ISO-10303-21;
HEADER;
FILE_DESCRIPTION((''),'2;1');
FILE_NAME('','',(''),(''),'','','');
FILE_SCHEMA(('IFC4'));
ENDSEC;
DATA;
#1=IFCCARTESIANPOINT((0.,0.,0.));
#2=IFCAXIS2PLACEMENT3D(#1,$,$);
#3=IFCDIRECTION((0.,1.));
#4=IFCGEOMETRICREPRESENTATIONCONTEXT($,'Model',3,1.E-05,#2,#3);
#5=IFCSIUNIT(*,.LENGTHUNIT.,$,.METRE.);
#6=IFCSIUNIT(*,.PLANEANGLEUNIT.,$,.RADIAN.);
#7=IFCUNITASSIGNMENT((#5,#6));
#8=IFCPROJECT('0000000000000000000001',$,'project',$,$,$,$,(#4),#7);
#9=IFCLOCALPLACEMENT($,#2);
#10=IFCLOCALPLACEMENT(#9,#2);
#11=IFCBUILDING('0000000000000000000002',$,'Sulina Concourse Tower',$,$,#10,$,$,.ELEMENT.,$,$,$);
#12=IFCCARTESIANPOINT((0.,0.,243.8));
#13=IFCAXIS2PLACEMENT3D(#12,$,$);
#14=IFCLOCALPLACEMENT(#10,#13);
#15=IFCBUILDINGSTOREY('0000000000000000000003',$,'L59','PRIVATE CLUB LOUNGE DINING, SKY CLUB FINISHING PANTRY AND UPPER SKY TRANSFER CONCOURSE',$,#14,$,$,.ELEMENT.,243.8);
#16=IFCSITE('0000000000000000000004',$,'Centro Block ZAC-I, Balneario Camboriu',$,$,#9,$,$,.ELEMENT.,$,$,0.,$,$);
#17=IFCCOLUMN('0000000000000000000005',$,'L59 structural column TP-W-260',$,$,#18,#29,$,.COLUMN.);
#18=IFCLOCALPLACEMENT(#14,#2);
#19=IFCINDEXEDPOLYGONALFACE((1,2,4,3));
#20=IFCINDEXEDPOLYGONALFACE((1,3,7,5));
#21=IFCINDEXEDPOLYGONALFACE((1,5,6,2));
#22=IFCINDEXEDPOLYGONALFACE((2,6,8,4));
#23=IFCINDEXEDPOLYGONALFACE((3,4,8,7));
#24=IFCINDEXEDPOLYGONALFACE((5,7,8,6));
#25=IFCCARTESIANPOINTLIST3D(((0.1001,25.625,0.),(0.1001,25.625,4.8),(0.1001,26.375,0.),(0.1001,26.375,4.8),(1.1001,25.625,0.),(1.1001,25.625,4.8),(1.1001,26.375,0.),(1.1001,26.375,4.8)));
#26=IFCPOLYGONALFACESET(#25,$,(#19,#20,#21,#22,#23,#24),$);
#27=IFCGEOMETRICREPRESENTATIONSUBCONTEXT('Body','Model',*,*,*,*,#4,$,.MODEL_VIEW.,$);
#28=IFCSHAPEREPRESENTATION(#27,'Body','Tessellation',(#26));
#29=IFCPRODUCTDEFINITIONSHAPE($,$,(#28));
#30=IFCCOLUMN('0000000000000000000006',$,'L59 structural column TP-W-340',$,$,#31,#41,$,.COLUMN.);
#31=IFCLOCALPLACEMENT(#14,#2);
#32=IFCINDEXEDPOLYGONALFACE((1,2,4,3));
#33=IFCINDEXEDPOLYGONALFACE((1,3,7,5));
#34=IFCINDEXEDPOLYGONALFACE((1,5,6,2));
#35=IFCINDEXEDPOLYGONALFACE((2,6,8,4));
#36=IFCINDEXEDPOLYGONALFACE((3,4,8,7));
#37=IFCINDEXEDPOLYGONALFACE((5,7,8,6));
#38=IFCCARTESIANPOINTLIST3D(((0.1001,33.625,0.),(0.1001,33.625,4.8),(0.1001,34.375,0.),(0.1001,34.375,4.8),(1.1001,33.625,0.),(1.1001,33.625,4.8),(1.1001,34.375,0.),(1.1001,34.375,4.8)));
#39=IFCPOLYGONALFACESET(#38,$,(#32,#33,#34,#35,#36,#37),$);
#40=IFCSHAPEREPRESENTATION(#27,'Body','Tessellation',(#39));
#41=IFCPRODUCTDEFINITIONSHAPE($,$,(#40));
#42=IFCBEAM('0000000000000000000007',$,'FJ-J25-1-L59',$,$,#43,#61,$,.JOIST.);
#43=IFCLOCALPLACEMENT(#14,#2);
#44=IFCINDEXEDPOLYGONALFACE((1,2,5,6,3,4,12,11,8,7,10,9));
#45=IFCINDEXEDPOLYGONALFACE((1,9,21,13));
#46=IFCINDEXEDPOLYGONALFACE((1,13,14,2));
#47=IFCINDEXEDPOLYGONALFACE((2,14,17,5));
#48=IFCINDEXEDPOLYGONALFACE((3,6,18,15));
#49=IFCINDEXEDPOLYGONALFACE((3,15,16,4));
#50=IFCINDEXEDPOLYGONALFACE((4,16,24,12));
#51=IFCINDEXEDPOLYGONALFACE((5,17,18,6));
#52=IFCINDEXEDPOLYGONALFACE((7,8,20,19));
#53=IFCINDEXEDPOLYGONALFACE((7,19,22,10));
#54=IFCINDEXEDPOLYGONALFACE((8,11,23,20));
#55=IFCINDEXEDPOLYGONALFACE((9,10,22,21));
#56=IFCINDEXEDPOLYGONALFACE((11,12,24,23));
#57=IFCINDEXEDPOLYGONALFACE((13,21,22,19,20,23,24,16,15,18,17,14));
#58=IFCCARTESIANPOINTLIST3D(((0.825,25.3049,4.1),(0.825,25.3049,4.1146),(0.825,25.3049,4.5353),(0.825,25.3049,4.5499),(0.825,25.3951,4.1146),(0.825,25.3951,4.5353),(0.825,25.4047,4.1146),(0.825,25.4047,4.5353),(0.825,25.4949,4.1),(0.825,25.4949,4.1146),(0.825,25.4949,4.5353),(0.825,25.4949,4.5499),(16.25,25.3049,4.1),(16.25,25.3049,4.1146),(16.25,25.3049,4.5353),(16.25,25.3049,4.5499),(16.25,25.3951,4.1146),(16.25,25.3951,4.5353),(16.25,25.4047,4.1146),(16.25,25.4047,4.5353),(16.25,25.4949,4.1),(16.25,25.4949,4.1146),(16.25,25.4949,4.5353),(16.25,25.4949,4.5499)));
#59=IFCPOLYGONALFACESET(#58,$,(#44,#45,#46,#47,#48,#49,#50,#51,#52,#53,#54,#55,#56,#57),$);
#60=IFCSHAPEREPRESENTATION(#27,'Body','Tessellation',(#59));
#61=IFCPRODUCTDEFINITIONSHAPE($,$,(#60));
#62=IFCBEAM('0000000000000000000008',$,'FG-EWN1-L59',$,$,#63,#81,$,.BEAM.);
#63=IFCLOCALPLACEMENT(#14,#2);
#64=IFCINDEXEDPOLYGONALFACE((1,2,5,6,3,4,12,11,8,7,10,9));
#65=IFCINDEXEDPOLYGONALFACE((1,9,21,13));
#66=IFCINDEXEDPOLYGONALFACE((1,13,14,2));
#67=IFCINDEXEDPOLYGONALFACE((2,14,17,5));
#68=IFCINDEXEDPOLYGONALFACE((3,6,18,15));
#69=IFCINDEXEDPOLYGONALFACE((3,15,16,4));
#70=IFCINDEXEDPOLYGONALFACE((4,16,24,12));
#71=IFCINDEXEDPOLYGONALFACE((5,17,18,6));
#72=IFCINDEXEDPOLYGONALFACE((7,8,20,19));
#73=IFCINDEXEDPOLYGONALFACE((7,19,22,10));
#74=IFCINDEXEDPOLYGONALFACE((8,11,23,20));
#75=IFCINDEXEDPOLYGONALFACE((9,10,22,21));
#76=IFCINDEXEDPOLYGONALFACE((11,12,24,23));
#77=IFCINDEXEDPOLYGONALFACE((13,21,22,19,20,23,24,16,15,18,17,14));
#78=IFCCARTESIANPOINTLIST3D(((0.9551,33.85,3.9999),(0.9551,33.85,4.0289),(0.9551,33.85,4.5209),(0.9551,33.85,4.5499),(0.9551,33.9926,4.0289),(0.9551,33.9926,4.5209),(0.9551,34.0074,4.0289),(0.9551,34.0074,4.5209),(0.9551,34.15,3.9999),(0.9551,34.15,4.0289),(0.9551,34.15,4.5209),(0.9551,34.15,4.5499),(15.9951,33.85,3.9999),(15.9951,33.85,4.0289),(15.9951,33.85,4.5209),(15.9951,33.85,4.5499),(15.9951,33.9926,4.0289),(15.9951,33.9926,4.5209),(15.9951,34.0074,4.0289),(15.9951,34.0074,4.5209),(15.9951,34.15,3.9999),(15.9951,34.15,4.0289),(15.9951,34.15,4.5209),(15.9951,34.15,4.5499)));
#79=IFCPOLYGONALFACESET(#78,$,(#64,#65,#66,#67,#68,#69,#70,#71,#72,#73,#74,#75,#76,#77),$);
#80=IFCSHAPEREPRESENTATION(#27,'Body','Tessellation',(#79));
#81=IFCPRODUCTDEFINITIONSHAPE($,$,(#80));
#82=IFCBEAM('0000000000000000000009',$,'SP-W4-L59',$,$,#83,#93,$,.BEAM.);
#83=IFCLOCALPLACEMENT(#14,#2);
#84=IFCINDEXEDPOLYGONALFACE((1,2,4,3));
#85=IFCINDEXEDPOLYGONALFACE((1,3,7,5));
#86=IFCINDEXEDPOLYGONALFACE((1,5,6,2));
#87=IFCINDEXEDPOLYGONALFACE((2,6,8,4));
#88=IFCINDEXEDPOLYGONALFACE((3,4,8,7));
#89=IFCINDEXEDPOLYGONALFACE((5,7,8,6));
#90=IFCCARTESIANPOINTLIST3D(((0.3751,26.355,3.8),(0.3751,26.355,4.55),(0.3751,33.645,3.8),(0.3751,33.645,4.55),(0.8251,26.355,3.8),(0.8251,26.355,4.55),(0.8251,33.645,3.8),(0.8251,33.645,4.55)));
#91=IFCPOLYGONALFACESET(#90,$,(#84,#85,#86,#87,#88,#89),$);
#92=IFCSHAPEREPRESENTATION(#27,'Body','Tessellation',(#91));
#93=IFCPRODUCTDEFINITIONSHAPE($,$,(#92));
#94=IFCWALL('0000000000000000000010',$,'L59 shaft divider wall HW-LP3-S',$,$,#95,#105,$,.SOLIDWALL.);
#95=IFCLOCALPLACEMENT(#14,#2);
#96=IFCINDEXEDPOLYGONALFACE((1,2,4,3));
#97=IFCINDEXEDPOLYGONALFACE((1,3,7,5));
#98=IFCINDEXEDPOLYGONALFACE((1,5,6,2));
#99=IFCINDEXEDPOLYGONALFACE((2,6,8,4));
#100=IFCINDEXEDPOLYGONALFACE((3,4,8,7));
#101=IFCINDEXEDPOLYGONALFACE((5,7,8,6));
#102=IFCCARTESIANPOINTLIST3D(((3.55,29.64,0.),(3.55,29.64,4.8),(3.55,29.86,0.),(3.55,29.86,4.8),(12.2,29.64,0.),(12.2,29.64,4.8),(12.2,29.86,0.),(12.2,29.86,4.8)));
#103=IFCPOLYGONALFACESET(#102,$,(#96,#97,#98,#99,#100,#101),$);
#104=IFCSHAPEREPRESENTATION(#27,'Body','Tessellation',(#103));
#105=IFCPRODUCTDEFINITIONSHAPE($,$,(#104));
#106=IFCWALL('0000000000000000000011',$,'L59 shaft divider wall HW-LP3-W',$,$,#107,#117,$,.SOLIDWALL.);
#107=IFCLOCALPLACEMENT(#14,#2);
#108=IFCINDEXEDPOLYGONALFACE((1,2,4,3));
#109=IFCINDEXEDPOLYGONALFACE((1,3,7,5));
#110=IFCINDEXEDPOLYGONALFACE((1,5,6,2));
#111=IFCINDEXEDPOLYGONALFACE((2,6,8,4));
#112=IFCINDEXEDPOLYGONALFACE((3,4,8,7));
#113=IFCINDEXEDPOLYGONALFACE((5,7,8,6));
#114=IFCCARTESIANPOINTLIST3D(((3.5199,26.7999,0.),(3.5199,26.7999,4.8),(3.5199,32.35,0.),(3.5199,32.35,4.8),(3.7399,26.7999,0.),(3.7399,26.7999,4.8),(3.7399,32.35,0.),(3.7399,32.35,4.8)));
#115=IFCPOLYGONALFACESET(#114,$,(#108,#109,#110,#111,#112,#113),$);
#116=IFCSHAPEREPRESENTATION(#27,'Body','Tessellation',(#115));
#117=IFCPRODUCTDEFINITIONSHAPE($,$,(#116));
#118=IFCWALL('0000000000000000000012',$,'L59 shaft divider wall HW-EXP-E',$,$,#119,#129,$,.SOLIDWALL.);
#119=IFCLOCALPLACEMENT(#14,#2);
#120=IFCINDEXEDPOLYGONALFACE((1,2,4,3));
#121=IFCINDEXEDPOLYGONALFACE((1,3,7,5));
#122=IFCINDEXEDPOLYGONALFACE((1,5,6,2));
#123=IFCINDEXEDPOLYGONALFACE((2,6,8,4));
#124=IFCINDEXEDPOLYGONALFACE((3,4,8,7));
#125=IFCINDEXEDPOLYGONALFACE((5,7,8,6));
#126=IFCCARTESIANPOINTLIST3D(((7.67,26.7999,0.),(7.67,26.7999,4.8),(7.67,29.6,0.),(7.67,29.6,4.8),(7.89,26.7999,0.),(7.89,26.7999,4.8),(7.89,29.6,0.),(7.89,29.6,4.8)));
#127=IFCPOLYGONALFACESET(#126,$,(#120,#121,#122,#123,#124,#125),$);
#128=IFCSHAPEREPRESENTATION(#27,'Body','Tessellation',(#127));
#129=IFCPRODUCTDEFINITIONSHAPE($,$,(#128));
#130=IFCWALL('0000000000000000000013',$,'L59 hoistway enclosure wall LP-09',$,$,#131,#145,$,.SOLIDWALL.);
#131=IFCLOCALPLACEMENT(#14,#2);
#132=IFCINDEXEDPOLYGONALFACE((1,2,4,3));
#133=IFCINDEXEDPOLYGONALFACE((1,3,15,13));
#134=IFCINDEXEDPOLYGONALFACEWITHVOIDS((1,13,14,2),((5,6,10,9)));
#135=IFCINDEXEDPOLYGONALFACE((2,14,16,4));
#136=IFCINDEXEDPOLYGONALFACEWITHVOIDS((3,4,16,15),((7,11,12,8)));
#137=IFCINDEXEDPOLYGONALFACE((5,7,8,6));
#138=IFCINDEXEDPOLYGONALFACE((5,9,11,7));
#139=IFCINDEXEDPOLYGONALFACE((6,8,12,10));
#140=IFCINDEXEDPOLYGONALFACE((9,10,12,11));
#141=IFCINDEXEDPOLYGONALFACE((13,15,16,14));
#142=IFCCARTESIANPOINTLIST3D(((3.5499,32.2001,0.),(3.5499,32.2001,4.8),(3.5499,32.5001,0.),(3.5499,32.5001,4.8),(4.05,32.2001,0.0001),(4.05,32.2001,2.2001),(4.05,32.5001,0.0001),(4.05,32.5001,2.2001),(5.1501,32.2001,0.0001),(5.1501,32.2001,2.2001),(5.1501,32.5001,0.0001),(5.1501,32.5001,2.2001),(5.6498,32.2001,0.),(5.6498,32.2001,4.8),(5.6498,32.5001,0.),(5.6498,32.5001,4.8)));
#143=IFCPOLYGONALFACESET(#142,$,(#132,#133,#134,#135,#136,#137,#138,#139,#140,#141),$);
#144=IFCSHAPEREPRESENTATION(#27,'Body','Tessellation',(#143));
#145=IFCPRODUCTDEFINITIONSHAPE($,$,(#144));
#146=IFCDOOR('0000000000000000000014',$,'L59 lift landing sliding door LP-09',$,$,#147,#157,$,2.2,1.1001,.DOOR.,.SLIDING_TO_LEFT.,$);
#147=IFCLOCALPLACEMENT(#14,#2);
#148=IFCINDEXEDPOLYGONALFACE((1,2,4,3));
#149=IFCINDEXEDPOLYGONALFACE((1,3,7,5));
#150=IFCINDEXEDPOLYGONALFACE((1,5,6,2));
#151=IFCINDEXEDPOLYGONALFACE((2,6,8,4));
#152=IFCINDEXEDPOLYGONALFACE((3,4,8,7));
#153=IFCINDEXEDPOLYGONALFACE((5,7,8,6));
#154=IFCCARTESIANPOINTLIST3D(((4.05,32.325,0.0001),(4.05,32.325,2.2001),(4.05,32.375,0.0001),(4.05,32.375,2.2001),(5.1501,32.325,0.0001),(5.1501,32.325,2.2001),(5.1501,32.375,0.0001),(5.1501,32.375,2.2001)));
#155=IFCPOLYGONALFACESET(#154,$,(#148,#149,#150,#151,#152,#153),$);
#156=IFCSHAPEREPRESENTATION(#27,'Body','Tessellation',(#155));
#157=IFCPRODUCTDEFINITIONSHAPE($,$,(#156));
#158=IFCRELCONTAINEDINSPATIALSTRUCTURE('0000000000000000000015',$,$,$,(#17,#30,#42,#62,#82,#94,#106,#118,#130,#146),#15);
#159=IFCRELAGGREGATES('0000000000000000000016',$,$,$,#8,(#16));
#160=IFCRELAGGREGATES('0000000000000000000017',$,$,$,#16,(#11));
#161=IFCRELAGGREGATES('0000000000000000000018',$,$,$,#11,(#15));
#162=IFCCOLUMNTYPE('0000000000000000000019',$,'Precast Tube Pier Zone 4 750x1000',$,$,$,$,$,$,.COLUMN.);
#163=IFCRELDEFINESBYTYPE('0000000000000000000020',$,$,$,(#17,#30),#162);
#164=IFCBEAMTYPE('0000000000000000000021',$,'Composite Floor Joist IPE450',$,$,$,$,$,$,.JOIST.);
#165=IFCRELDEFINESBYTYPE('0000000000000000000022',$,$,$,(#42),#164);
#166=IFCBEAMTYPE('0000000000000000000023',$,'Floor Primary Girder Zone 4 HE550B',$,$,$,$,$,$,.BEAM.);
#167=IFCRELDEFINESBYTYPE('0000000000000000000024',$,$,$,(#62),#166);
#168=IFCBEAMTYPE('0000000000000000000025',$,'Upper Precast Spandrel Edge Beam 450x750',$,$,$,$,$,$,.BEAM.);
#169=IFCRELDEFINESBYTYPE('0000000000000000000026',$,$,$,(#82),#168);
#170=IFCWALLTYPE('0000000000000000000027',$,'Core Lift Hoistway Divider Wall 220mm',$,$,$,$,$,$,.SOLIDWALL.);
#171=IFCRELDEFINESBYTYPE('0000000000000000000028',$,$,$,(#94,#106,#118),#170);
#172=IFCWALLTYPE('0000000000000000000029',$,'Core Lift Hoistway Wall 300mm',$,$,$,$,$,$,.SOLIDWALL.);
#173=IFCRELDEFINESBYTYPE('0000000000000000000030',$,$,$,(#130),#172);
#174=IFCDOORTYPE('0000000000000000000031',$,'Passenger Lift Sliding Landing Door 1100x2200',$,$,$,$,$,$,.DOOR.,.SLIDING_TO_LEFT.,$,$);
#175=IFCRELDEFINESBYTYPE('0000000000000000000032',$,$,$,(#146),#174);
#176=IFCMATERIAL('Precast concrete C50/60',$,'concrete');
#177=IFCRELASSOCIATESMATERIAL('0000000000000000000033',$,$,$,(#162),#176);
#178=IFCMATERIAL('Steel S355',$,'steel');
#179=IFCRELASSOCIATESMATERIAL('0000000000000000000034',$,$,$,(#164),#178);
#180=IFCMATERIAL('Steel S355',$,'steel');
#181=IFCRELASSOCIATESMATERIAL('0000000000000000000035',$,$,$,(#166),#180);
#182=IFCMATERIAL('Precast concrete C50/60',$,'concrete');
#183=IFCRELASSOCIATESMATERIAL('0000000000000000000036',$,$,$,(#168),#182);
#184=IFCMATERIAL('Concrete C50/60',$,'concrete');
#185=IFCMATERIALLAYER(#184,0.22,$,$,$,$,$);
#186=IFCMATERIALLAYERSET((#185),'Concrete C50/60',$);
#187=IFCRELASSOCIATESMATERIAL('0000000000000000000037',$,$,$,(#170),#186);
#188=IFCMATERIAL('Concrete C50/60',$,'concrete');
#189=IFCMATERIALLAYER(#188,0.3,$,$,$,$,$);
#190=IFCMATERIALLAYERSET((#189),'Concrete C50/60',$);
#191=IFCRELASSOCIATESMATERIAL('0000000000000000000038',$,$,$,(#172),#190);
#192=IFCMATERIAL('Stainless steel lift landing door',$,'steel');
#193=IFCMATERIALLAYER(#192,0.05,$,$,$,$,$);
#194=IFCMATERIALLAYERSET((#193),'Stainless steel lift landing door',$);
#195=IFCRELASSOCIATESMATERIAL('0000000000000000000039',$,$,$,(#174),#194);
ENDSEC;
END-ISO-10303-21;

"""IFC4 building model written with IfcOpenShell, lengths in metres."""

from ifc_helpers import new_model, si_unit, direction, frame, frame_2d, origin, origin_2d, place, context, subcontext, project, spatial, rectangle, i_section, extrude, material, layer, layer_set, material_profile, profile_set, type_object, element, fill, save


model = new_model("IFC4")

# Units and contexts
model_context = context("Model", 3, precision=1e-05, world=origin(), true_north=direction((0.0, 1.0)))
body_context = subcontext(model_context, "Body", "Model", "MODEL_VIEW")
ifc_project = project(units=[si_unit("LENGTHUNIT", "METRE"), si_unit("PLANEANGLEUNIT", "RADIAN")], contexts=[model_context])

# Site, building, storey
site_placement = place(None, origin())
site = spatial("IfcSite", under=ifc_project, at=site_placement, Name="Centro Block ZAC-I, Balneario Camboriu", CompositionType="ELEMENT", RefElevation=0.0)
building_placement = place(site_placement, origin())
building = spatial("IfcBuilding", under=site, at=building_placement, Name="Sulina Concourse Tower", CompositionType="ELEMENT")
storey_placement = place(building_placement, frame((0.0, 0.0, 243.8)))
storey = spatial("IfcBuildingStorey", under=building, at=storey_placement, Name="L59", Description="PRIVATE CLUB LOUNGE DINING, SKY CLUB FINISHING PANTRY AND UPPER SKY TRANSFER CONCOURSE", CompositionType="ELEMENT", Elevation=243.8)

# Columns
ifc_material_1 = material(Name="Precast concrete C50/60", Category="concrete")
ifc_material_profile_1 = material_profile(ifc_material_1, rectangle(XDim=0.75, YDim=1.0, at=origin_2d()), Name="PC 750x1000")
ifc_profile_set_1 = profile_set([ifc_material_profile_1], Name="Precast concrete C50/60")
column_type = type_object("IfcColumnType", Name="Precast Tube Pier Zone 4 750x1000", PredefinedType="COLUMN", material=ifc_profile_set_1)
for number, where, z_axis, x_axis, name in (
    (1, (0.6001, 26.0, 0.0), (0.0, 0.0, 1.0), (0.0, 1.0, 0.0), "L59 structural column TP-W-260"),
    (2, (0.6001, 34.0, 0.0), (0.0, 0.0, 1.0), (0.0, 1.0, 0.0), "L59 structural column TP-W-340"),
):
    element("IfcColumn", number, at=place(storey_placement, frame(where, z_axis=z_axis, x_axis=x_axis)), inside=storey, type_object=column_type, Name=name, PredefinedType="COLUMN", context=body_context, shape_type="SweptSolid", body=[
        extrude(rectangle(XDim=0.75, YDim=1.0, at=origin_2d()), origin(), (0.0, 0.0, 1.0), 4.8),
    ])

# Beams
ifc_material_2 = material(Name="Steel S355", Category="steel")
ifc_material_profile_2 = material_profile(ifc_material_2, i_section(OverallWidth=0.1899, OverallDepth=0.45, WebThickness=0.0095, FlangeThickness=0.0146, at=origin_2d()), Name="IPE 450")
ifc_profile_set_2 = profile_set([ifc_material_profile_2], Name="Steel S355")
beam_type_1 = type_object("IfcBeamType", Name="Composite Floor Joist IPE450", PredefinedType="JOIST", material=ifc_profile_set_2)
beam_1_placement = place(storey_placement, frame((0.825, 25.3999, 4.325), z_axis=(1.0, 0.0, 0.0), x_axis=(0.0, 1.0, 0.0)))
element("IfcBeam", 3, at=beam_1_placement, inside=storey, type_object=beam_type_1, Name="FJ-J25-1-L59", PredefinedType="JOIST", context=body_context, shape_type="SweptSolid", body=[
    extrude(i_section(OverallWidth=0.1899, OverallDepth=0.45, WebThickness=0.0095, FlangeThickness=0.0146, at=origin_2d()), origin(), (0.0, 0.0, 1.0), 15.425),
])
ifc_material_3 = material(Name="Steel S355", Category="steel")
ifc_material_profile_3 = material_profile(ifc_material_3, i_section(OverallWidth=0.3, OverallDepth=0.55, WebThickness=0.0149, FlangeThickness=0.0291, at=origin_2d()), Name="HE 550 B")
ifc_profile_set_3 = profile_set([ifc_material_profile_3], Name="Steel S355")
beam_type_2 = type_object("IfcBeamType", Name="Floor Primary Girder Zone 4 HE550B", PredefinedType="BEAM", material=ifc_profile_set_3)
beam_2_placement = place(storey_placement, frame((0.9551, 34.0, 4.2749), z_axis=(1.0, 0.0, 0.0), x_axis=(0.0, 1.0, 0.0)))
element("IfcBeam", 4, at=beam_2_placement, inside=storey, type_object=beam_type_2, Name="FG-EWN1-L59", PredefinedType="BEAM", context=body_context, shape_type="SweptSolid", body=[
    extrude(i_section(OverallWidth=0.3, OverallDepth=0.55, WebThickness=0.0149, FlangeThickness=0.0291, at=origin_2d()), origin(), (0.0, 0.0, 1.0), 15.04),
])
ifc_material_4 = material(Name="Precast concrete C50/60", Category="concrete")
ifc_material_profile_4 = material_profile(ifc_material_4, rectangle(XDim=0.45, YDim=0.75, at=origin_2d()), Name="RC 450x750")
ifc_profile_set_4 = profile_set([ifc_material_profile_4], Name="Precast concrete C50/60")
beam_type_3 = type_object("IfcBeamType", Name="Upper Precast Spandrel Edge Beam 450x750", PredefinedType="BEAM", material=ifc_profile_set_4)
beam_3_placement = place(storey_placement, frame((0.6001, 26.355, 4.175), z_axis=(0.0, 1.0, 0.0), x_axis=(-1.0, 0.0, 0.0)))
element("IfcBeam", 5, at=beam_3_placement, inside=storey, type_object=beam_type_3, Name="SP-W4-L59", PredefinedType="BEAM", context=body_context, shape_type="SweptSolid", body=[
    extrude(rectangle(XDim=0.45, YDim=0.75, at=origin_2d()), origin(), (0.0, 0.0, 1.0), 7.29),
])

# Walls
ifc_material_5 = material(Name="Concrete C50/60", Category="concrete")
ifc_layer_1 = layer(ifc_material_5, 0.22)
ifc_layer_set_1 = layer_set([ifc_layer_1], Name="Concrete C50/60")
wall_type_1 = type_object("IfcWallType", Name="Core Lift Hoistway Divider Wall 220mm", PredefinedType="SOLIDWALL", material=ifc_layer_set_1)
wall_1_placement = place(storey_placement, frame((3.55, 29.75, 0.0), z_axis=(0.0, 0.0, 1.0), x_axis=(1.0, 0.0, 0.0)))
element("IfcWall", 6, at=wall_1_placement, inside=storey, type_object=wall_type_1, Name="L59 shaft divider wall HW-LP3-S", PredefinedType="SOLIDWALL", context=body_context, shape_type="SweptSolid", body=[
    extrude(rectangle(XDim=8.6499, YDim=0.22, at=frame_2d((4.325, 0.0))), origin(), (0.0, 0.0, 1.0), 4.8),
])
wall_2_placement = place(storey_placement, frame((3.6299, 26.8, 0.0), z_axis=(0.0, 0.0, 1.0), x_axis=(0.0, 1.0, 0.0)))
element("IfcWall", 7, at=wall_2_placement, inside=storey, type_object=wall_type_1, Name="L59 shaft divider wall HW-LP3-W", PredefinedType="SOLIDWALL", context=body_context, shape_type="SweptSolid", body=[
    extrude(rectangle(XDim=5.55, YDim=0.22, at=frame_2d((2.7749, 0.0))), origin(), (0.0, 0.0, 1.0), 4.8),
])
wall_3_placement = place(storey_placement, frame((7.78, 26.8, 0.0), z_axis=(0.0, 0.0, 1.0), x_axis=(0.0, 1.0, 0.0)))
element("IfcWall", 8, at=wall_3_placement, inside=storey, type_object=wall_type_1, Name="L59 shaft divider wall HW-EXP-E", PredefinedType="SOLIDWALL", context=body_context, shape_type="SweptSolid", body=[
    extrude(rectangle(XDim=2.8, YDim=0.22, at=frame_2d((1.3999, 0.0))), origin(), (0.0, 0.0, 1.0), 4.8),
])

# Wall, opening, door
ifc_material_6 = material(Name="Concrete C50/60", Category="concrete")
ifc_layer_2 = layer(ifc_material_6, 0.3)
ifc_layer_set_2 = layer_set([ifc_layer_2], Name="Concrete C50/60")
wall_type_2 = type_object("IfcWallType", Name="Core Lift Hoistway Wall 300mm", PredefinedType="SOLIDWALL", material=ifc_layer_set_2)
wall_4_placement = place(storey_placement, frame((3.55, 32.3501, 0.0), z_axis=(0.0, 0.0, 1.0), x_axis=(1.0, 0.0, 0.0)))
wall_4 = element("IfcWall", 9, at=wall_4_placement, inside=storey, type_object=wall_type_2, Name="L59 hoistway enclosure wall LP-09", PredefinedType="SOLIDWALL", context=body_context, shape_type="SweptSolid", body=[
    extrude(rectangle(XDim=2.0999, YDim=0.3, at=frame_2d((1.0498, 0.0))), origin(), (0.0, 0.0, 1.0), 4.8),
])
opening_1_placement = place(wall_4_placement, frame((0.5, 0.0, 0.0)))
opening_1 = element("IfcOpeningElement", 10, at=opening_1_placement, cuts=wall_4, PredefinedType="OPENING", context=body_context, shape_type="SweptSolid", body=[
    extrude(rectangle(XDim=1.1001, YDim=2.2, at=frame_2d((0.55, 1.1001))), frame((0.0, 0.1599, 0.0), z_axis=(0.0, -1.0, 0.0), x_axis=(1.0, 0.0, 0.0)), (0.0, 0.0, 1.0), 0.3201),
])
ifc_material_7 = material(Name="Stainless steel lift landing door", Category="steel")
ifc_layer_3 = layer(ifc_material_7, 0.05)
ifc_layer_set_3 = layer_set([ifc_layer_3], Name="Stainless steel lift landing door")
door_type_1 = type_object("IfcDoorType", Name="Passenger Lift Sliding Landing Door 1100x2200", OperationType="SLIDING_TO_LEFT", PredefinedType="DOOR", material=ifc_layer_set_3)
door_1_placement = place(opening_1_placement, origin())
door_1 = element("IfcDoor", 11, at=door_1_placement, inside=storey, type_object=door_type_1, Name="L59 lift landing sliding door LP-09", OperationType="SLIDING_TO_LEFT", OverallHeight=2.2, OverallWidth=1.1001, PredefinedType="DOOR", context=body_context, shape_type="SweptSolid", body=[
    extrude(rectangle(XDim=1.1001, YDim=2.2, at=frame_2d((0.55, 1.1001))), frame((0.0, 0.0249, 0.0), z_axis=(0.0, -1.0, 0.0), x_axis=(1.0, 0.0, 0.0)), (0.0, 0.0, 1.0), 0.05),
])
fill(opening_1, door_1)

save(model, "model.ifc")
